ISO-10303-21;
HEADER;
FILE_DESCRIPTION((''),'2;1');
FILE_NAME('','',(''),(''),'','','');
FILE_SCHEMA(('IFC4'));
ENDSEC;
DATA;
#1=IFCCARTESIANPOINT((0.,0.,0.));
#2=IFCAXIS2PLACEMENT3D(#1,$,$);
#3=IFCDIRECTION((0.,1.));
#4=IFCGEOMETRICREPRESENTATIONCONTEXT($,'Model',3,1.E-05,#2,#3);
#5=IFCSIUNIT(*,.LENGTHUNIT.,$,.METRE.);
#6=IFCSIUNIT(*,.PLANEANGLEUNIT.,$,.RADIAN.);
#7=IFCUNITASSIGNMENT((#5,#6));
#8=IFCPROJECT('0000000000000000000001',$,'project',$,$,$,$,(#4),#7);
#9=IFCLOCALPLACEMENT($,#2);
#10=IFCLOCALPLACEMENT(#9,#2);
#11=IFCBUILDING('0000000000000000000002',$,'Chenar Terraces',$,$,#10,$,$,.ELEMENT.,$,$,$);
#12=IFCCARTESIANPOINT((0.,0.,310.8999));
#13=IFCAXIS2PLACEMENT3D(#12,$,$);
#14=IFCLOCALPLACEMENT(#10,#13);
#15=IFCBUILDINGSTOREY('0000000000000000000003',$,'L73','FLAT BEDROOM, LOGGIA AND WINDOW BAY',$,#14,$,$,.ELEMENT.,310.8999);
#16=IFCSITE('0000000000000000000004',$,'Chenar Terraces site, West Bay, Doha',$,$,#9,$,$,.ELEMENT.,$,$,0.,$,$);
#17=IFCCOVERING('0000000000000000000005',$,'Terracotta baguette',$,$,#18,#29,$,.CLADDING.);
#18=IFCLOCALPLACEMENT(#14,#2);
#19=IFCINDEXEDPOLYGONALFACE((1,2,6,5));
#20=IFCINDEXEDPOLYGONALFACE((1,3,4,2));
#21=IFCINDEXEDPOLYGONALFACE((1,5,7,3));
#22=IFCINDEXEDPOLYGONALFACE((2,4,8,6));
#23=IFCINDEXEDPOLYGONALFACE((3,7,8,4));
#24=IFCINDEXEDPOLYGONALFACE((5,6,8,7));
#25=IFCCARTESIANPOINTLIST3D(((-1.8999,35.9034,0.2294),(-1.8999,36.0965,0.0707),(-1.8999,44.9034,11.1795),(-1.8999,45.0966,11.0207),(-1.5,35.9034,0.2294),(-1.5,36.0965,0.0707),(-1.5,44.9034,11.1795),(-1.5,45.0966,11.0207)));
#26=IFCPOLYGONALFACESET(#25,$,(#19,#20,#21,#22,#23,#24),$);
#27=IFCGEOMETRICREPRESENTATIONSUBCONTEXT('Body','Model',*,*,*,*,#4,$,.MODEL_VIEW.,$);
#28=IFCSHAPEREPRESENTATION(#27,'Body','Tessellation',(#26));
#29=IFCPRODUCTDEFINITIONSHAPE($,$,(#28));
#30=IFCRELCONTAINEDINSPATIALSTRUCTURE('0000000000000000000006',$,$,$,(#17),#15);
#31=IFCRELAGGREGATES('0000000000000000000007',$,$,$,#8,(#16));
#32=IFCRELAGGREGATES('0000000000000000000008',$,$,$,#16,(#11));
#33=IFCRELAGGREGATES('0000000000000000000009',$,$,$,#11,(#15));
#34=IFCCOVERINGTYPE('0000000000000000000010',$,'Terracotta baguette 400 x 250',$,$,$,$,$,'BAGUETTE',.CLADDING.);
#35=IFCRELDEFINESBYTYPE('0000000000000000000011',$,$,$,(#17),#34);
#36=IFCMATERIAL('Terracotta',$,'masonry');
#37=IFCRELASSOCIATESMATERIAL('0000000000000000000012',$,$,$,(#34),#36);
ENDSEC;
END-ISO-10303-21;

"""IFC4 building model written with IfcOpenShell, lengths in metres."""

from ifc_helpers import new_model, si_unit, direction, frame, origin, origin_2d, place, context, subcontext, project, spatial, rectangle, extrude, material, material_profile, profile_set, type_object, element, save


model = new_model("IFC4")

# Units and contexts
model_context = context("Model", 3, precision=1e-05, world=origin(), true_north=direction((0.0, 1.0)))
body_context = subcontext(model_context, "Body", "Model", "MODEL_VIEW")
ifc_project = project(units=[si_unit("LENGTHUNIT", "METRE"), si_unit("PLANEANGLEUNIT", "RADIAN")], contexts=[model_context])

# Site, building, storey
site_placement = place(None, origin())
site = spatial("IfcSite", under=ifc_project, at=site_placement, Name="Chenar Terraces site, West Bay, Doha", CompositionType="ELEMENT", RefElevation=0.0)
building_placement = place(site_placement, origin())
building = spatial("IfcBuilding", under=site, at=building_placement, Name="Chenar Terraces", CompositionType="ELEMENT")
storey_placement = place(building_placement, frame((0.0, 0.0, 310.8999)))
storey = spatial("IfcBuildingStorey", under=building, at=storey_placement, Name="L73", Description="FLAT BEDROOM, LOGGIA AND WINDOW BAY", CompositionType="ELEMENT", Elevation=310.8999)

# Covering
ifc_material_1 = material(Name="Terracotta", Category="masonry")
ifc_material_profile_1 = material_profile(ifc_material_1, rectangle(XDim=0.3999, YDim=0.25, at=origin_2d()), Name="Terracotta baguette 400 x 250")
ifc_profile_set_1 = profile_set([ifc_material_profile_1], Name="Terracotta")
covering_type = type_object("IfcCoveringType", Name="Terracotta baguette 400 x 250", ElementType="BAGUETTE", PredefinedType="CLADDING", material=ifc_profile_set_1)
covering_1_placement = place(storey_placement, frame((-1.7, 45.0, 11.1001), z_axis=(0.0, -0.634967, -0.772539), x_axis=(1.0, 0.0, 0.0)))
element("IfcCovering", 1, at=covering_1_placement, inside=storey, type_object=covering_type, Name="Terracotta baguette", PredefinedType="CLADDING", context=body_context, shape_type="SweptSolid", body=[
    extrude(rectangle(XDim=0.3999, YDim=0.25, at=origin_2d()), origin(), (0.0, 0.0, 1.0), 14.1741),
])

save(model, "model.ifc")
